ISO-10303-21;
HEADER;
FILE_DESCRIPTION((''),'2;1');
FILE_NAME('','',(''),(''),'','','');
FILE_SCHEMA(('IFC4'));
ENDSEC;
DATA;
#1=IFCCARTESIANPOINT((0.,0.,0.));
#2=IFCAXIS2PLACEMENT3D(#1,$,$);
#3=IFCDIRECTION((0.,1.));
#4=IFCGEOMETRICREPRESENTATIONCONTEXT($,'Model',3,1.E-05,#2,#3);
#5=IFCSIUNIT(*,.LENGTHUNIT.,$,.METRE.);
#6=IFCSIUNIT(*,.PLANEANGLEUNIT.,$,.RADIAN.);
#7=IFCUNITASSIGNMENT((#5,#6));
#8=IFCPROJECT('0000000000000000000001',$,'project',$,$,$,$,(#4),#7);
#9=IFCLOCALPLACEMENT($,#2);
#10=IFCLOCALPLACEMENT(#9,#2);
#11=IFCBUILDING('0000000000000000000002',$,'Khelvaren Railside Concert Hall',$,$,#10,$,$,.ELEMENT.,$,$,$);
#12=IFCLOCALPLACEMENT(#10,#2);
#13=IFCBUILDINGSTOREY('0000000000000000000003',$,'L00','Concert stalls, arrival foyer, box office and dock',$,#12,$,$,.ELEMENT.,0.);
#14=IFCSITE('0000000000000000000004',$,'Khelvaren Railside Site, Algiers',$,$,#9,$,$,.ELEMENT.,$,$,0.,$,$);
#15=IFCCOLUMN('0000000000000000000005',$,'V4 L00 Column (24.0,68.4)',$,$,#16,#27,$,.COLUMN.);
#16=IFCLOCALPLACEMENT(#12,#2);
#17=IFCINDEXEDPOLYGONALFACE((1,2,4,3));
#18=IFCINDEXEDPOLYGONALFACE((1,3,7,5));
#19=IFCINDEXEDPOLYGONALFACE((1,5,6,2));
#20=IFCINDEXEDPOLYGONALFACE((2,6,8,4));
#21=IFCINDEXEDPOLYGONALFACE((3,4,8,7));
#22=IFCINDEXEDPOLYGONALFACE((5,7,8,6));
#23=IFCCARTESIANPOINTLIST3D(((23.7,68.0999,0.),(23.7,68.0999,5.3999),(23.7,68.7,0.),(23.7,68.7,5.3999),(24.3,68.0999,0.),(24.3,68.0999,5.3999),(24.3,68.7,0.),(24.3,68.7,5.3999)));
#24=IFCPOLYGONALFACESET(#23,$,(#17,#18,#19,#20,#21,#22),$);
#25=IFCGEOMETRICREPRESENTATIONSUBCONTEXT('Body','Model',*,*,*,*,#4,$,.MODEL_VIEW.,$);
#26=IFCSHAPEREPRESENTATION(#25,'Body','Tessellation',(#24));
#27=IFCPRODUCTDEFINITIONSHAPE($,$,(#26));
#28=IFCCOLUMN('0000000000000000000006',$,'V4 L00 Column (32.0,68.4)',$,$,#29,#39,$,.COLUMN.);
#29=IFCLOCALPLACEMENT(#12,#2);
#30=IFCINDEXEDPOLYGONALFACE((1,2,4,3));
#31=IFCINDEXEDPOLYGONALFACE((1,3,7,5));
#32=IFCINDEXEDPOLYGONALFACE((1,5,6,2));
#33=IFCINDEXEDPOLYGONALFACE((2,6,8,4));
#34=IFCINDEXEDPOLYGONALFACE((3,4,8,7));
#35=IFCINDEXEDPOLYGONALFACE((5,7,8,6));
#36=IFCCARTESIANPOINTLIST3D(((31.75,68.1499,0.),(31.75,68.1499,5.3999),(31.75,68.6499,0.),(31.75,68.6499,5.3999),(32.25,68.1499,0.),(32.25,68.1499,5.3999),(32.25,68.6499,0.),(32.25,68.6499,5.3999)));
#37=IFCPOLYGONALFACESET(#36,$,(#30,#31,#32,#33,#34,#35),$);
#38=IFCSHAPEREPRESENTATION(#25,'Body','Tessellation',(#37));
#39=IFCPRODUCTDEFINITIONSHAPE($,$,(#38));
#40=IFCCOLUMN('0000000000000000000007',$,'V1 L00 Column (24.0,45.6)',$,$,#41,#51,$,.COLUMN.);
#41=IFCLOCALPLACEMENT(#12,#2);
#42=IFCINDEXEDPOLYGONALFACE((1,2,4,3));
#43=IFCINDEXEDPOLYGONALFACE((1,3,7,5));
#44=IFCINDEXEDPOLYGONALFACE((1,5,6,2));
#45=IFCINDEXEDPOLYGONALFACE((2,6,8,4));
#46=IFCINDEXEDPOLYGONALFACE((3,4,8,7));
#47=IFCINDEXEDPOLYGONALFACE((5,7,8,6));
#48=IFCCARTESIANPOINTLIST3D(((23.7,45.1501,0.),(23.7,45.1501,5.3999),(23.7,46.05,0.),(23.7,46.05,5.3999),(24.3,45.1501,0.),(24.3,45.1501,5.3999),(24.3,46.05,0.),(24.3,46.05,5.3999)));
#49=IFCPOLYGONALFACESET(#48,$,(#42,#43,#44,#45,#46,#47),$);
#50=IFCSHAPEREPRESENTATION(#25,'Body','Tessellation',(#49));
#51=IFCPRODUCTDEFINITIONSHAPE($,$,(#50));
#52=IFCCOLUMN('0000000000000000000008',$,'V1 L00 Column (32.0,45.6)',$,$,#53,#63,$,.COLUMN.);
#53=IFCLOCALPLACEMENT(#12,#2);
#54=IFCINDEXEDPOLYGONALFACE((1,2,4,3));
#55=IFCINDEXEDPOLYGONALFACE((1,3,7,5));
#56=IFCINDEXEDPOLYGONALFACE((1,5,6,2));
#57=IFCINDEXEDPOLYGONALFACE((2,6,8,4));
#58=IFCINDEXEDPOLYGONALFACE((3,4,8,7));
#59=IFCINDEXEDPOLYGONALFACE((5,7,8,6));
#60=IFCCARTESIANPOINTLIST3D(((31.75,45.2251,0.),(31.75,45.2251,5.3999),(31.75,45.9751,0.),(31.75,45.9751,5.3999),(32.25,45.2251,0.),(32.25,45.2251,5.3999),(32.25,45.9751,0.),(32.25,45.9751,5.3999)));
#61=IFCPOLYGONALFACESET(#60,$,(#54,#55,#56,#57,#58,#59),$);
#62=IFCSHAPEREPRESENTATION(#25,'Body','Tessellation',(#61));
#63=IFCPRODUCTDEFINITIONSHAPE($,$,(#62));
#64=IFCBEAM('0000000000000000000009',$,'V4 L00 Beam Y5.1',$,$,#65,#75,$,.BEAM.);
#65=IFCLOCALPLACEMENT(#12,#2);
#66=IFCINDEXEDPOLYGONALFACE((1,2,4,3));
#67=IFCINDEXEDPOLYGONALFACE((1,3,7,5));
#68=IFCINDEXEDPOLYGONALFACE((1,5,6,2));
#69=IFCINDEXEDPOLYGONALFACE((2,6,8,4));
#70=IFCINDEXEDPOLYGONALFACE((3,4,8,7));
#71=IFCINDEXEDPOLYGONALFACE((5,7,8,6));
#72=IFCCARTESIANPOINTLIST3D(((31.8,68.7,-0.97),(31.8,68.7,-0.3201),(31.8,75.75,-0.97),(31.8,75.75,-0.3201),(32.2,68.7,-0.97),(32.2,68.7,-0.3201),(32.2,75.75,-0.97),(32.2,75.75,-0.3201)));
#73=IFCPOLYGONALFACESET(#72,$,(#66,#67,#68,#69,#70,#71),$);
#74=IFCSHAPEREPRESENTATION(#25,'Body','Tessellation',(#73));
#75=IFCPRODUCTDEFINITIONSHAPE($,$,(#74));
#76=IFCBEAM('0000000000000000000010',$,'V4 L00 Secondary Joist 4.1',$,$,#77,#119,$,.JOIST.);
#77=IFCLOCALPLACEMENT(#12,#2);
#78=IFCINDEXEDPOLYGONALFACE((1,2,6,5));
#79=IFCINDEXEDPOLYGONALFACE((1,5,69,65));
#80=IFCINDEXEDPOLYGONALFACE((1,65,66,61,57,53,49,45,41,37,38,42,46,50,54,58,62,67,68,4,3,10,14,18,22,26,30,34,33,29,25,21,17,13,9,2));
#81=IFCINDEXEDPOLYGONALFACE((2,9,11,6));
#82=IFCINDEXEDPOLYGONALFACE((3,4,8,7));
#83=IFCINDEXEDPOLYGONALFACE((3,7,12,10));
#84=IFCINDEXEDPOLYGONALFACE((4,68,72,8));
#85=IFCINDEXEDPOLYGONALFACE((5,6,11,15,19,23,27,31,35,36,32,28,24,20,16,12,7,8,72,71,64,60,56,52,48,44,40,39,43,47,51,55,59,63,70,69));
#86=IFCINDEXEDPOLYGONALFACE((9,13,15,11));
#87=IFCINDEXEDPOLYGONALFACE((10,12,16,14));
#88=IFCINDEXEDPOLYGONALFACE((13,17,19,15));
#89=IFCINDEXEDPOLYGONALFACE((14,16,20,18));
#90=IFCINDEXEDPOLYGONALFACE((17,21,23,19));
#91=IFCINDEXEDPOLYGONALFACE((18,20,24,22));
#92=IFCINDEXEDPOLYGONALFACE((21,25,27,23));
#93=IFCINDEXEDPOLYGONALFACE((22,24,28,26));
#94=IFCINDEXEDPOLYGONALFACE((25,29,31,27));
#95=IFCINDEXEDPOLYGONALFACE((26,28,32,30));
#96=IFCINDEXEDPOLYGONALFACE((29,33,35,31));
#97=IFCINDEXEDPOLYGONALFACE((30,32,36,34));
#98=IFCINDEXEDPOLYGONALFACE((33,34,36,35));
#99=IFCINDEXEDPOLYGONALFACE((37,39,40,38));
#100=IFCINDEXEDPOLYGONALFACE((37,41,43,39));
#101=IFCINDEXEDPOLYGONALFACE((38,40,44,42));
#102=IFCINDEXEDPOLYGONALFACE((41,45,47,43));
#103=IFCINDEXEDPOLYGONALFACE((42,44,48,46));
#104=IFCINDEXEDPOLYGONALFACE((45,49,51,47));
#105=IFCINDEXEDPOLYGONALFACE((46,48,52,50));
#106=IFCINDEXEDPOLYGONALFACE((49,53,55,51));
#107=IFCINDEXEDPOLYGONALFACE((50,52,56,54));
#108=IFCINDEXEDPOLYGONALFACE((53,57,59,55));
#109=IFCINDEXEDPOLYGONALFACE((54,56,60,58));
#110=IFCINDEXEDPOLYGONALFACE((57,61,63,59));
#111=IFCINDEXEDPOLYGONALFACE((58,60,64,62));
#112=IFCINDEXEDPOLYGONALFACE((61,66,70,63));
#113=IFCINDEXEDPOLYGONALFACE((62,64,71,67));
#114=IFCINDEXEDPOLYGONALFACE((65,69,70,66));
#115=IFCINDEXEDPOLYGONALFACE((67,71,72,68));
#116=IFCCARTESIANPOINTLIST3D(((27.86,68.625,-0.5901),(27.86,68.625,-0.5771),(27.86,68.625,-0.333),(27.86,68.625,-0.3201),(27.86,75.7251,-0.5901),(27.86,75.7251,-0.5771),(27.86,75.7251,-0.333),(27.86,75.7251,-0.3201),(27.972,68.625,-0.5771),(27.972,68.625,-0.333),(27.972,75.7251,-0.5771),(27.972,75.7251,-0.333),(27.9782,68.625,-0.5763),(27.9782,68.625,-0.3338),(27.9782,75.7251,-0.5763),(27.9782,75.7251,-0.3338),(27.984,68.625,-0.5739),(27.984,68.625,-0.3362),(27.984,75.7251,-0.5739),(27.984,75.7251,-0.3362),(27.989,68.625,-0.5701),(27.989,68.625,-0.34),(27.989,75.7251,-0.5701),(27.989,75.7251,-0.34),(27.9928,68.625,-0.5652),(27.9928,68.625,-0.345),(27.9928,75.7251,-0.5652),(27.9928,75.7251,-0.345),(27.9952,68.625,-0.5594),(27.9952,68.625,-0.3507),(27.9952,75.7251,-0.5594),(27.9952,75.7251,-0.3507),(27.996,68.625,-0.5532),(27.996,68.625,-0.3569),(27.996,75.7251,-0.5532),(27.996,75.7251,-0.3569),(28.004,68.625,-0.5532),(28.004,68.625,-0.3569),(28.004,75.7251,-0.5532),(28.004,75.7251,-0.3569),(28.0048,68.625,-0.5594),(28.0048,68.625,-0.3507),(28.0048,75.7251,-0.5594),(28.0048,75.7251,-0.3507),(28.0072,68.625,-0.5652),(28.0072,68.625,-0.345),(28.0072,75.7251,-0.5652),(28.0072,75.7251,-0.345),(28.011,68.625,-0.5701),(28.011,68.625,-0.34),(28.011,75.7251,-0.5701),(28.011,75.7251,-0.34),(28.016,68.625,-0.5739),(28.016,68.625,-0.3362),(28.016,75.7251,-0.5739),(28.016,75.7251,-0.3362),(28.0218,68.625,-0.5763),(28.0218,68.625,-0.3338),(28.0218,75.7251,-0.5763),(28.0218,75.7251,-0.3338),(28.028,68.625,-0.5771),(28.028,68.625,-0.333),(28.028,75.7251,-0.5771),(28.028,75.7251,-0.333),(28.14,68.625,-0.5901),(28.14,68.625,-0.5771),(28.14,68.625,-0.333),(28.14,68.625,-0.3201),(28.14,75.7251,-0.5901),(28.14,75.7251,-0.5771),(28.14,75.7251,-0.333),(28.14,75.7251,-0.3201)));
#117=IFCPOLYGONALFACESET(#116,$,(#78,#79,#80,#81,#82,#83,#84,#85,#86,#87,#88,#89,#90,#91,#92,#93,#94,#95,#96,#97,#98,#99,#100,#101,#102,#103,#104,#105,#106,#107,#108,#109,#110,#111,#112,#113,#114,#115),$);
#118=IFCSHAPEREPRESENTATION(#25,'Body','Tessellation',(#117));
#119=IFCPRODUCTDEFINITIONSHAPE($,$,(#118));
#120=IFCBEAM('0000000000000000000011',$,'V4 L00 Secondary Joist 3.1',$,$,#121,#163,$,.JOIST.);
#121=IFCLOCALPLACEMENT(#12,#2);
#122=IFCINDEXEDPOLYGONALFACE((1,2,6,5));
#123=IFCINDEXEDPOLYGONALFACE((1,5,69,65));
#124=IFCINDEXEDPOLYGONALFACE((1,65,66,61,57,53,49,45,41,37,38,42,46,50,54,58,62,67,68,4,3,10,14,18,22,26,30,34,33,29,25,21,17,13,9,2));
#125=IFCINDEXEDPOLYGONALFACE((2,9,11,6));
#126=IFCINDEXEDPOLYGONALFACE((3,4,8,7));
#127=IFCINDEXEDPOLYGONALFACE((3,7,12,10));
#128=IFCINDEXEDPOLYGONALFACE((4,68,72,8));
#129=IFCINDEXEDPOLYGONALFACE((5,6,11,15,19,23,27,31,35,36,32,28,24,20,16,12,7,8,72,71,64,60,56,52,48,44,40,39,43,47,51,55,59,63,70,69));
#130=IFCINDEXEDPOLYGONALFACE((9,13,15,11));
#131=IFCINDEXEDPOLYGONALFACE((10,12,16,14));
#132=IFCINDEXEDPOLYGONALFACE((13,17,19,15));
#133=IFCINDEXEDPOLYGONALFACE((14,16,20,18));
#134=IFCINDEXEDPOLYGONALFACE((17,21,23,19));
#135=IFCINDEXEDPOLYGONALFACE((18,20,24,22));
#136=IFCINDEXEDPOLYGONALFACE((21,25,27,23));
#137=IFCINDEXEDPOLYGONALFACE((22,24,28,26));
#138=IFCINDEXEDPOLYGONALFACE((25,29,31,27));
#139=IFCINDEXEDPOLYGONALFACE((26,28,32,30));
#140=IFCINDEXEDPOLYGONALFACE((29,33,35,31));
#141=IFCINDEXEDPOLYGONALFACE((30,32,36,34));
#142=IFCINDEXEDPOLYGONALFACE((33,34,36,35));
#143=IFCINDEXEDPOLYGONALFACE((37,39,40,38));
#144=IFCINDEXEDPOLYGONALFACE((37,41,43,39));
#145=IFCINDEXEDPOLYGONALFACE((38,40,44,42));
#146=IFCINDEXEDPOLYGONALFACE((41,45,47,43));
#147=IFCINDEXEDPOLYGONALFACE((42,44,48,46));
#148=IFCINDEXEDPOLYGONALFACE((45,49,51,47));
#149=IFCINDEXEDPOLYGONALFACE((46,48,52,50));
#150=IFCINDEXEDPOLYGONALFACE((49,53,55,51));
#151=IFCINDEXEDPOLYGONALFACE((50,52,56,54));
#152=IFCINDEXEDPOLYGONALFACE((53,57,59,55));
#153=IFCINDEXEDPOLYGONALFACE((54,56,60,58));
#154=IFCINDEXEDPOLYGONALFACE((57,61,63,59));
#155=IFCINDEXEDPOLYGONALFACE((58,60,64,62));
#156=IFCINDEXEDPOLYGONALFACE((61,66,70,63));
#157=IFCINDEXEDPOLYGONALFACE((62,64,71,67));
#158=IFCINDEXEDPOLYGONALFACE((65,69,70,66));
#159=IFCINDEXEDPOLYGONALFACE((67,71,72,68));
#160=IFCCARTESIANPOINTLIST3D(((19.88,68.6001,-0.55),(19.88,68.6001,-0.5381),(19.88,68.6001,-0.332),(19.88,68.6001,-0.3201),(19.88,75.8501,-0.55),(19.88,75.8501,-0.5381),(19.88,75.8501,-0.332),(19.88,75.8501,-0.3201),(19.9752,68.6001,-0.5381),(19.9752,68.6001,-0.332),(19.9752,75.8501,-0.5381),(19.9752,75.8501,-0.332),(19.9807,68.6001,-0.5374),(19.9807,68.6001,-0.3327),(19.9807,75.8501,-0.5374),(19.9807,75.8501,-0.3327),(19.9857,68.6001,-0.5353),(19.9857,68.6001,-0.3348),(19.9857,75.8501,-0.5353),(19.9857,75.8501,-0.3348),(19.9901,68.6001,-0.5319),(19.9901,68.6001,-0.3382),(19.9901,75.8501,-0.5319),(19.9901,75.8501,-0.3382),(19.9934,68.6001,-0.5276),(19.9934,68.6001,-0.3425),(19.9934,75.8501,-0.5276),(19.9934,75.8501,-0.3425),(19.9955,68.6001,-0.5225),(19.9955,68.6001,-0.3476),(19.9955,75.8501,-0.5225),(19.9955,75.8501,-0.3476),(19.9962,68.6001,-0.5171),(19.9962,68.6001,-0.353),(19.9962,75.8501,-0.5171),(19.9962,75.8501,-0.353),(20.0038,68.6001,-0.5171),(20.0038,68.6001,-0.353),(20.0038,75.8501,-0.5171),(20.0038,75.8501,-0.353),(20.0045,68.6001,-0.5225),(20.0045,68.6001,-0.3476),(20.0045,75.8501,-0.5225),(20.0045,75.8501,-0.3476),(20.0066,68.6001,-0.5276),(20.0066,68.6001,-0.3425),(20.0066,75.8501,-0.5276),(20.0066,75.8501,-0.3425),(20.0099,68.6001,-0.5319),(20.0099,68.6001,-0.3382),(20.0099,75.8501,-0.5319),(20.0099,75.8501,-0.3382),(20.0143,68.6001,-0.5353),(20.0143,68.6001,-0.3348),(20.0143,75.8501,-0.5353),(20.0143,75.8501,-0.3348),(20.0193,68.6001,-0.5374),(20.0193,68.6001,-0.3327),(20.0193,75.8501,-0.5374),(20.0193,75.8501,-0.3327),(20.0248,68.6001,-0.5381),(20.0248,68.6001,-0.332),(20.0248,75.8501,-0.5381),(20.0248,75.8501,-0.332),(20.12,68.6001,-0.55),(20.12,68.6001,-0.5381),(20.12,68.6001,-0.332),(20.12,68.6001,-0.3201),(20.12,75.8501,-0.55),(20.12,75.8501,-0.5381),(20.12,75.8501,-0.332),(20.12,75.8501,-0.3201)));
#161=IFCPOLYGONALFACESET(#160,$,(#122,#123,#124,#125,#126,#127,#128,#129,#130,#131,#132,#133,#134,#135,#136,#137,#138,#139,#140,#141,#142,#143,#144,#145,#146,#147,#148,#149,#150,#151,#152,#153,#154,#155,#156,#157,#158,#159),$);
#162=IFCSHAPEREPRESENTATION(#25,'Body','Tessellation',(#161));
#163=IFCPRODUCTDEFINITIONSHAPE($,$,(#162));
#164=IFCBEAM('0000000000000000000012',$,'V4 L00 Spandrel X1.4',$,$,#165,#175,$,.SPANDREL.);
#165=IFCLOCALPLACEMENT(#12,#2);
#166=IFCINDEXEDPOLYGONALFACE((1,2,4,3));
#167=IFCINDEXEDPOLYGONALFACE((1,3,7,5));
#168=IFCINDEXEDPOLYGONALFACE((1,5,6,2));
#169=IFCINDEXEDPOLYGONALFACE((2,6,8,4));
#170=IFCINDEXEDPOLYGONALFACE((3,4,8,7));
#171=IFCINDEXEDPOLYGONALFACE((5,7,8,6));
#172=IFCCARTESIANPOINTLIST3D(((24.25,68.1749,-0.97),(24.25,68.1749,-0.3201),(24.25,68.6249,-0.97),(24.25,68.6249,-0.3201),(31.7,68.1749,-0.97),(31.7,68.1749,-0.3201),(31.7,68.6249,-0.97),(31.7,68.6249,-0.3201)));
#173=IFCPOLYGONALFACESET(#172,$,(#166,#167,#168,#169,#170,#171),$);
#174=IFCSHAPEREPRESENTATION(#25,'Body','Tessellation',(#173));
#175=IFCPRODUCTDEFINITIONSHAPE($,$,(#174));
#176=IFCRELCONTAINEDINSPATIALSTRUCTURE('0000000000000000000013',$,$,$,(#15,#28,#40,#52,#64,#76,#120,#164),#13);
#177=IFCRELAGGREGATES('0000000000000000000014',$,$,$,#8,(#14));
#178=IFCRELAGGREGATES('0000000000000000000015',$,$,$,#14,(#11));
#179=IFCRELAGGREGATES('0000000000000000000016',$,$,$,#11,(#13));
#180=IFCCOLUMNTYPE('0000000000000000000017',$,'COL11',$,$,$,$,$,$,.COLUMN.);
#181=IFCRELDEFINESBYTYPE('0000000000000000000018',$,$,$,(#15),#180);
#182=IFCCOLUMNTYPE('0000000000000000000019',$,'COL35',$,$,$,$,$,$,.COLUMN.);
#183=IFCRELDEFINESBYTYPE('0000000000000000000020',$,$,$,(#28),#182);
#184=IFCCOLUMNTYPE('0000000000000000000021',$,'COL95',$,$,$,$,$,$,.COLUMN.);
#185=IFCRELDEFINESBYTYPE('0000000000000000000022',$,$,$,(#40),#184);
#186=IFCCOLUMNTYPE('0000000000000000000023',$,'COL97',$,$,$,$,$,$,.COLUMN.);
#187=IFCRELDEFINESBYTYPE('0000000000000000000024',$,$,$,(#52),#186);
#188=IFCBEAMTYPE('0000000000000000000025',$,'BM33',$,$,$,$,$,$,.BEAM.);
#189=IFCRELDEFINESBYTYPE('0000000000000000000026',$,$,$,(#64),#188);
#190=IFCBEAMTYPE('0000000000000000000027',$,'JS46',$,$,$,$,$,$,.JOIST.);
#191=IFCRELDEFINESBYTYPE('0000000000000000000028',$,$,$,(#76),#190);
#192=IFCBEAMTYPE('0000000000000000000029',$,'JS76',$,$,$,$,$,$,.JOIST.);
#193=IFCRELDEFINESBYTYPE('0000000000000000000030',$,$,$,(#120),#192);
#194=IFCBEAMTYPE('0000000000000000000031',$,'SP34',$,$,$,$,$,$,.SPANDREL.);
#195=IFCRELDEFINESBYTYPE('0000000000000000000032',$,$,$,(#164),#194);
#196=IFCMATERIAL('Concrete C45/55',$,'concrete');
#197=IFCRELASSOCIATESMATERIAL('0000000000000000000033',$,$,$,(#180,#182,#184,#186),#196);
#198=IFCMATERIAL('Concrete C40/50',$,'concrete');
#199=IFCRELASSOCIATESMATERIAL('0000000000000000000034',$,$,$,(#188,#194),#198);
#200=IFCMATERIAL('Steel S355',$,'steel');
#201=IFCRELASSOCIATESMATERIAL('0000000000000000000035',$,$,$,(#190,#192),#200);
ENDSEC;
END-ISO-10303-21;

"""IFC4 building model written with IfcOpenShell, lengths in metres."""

from ifc_helpers import new_model, si_unit, direction, frame, origin, origin_2d, place, context, subcontext, project, spatial, rectangle, i_section, extrude, material, material_profile, profile_set, type_object, element, save


model = new_model("IFC4")

# Units and contexts
model_context = context("Model", 3, precision=1e-05, world=origin(), true_north=direction((0.0, 1.0)))
body_context = subcontext(model_context, "Body", "Model", "MODEL_VIEW")
ifc_project = project(units=[si_unit("LENGTHUNIT", "METRE"), si_unit("PLANEANGLEUNIT", "RADIAN")], contexts=[model_context])

# Site, building, storey
site_placement = place(None, origin())
site = spatial("IfcSite", under=ifc_project, at=site_placement, Name="Khelvaren Railside Site, Algiers", CompositionType="ELEMENT", RefElevation=0.0)
building_placement = place(site_placement, origin())
building = spatial("IfcBuilding", under=site, at=building_placement, Name="Khelvaren Railside Concert Hall", CompositionType="ELEMENT")
storey_placement = place(building_placement, origin())
storey = spatial("IfcBuildingStorey", under=building, at=storey_placement, Name="L00", Description="Concert stalls, arrival foyer, box office and dock", CompositionType="ELEMENT", Elevation=0.0)

# Columns
ifc_material_1 = material(Name="Concrete C45/55", Category="concrete")
ifc_material_profile_1 = material_profile(ifc_material_1, rectangle(XDim=0.6001, YDim=0.6001, at=origin_2d()), Name="RC 600x600")
ifc_profile_set_1 = profile_set([ifc_material_profile_1], Name="Concrete C45/55")
column_type_1 = type_object("IfcColumnType", Name="COL11", PredefinedType="COLUMN", material=ifc_profile_set_1)
column_1_placement = place(storey_placement, frame((24.0, 68.3999, 0.0), z_axis=(0.0, 0.0, 1.0), x_axis=(1.0, 0.0, 0.0)))
element("IfcColumn", 1, at=column_1_placement, inside=storey, type_object=column_type_1, Name="V4 L00 Column (24.0,68.4)", PredefinedType="COLUMN", context=body_context, shape_type="SweptSolid", body=[
    extrude(rectangle(XDim=0.6001, YDim=0.6001, at=origin_2d()), origin(), (0.0, 0.0, 1.0), 5.3999),
])
ifc_material_profile_2 = material_profile(ifc_material_1, rectangle(XDim=0.5, YDim=0.5, at=origin_2d()), Name="RC 500x500")
ifc_profile_set_2 = profile_set([ifc_material_profile_2], Name="Concrete C45/55")
column_type_2 = type_object("IfcColumnType", Name="COL35", PredefinedType="COLUMN", material=ifc_profile_set_2)
column_2_placement = place(storey_placement, frame((32.0, 68.3999, 0.0), z_axis=(0.0, 0.0, 1.0), x_axis=(1.0, 0.0, 0.0)))
element("IfcColumn", 2, at=column_2_placement, inside=storey, type_object=column_type_2, Name="V4 L00 Column (32.0,68.4)", PredefinedType="COLUMN", context=body_context, shape_type="SweptSolid", body=[
    extrude(rectangle(XDim=0.5, YDim=0.5, at=origin_2d()), origin(), (0.0, 0.0, 1.0), 5.3999),
])
ifc_material_profile_3 = material_profile(ifc_material_1, rectangle(XDim=0.6001, YDim=0.8999, at=origin_2d()), Name="RC 600x900")
ifc_profile_set_3 = profile_set([ifc_material_profile_3], Name="Concrete C45/55")
column_type_3 = type_object("IfcColumnType", Name="COL95", PredefinedType="COLUMN", material=ifc_profile_set_3)
column_3_placement = place(storey_placement, frame((24.0, 45.6001, 0.0), z_axis=(0.0, 0.0, 1.0), x_axis=(1.0, 0.0, 0.0)))
element("IfcColumn", 3, at=column_3_placement, inside=storey, type_object=column_type_3, Name="V1 L00 Column (24.0,45.6)", PredefinedType="COLUMN", context=body_context, shape_type="SweptSolid", body=[
    extrude(rectangle(XDim=0.6001, YDim=0.8999, at=origin_2d()), origin(), (0.0, 0.0, 1.0), 5.3999),
])
ifc_material_profile_4 = material_profile(ifc_material_1, rectangle(XDim=0.5, YDim=0.75, at=origin_2d()), Name="RC 500x750")
ifc_profile_set_4 = profile_set([ifc_material_profile_4], Name="Concrete C45/55")
column_type_4 = type_object("IfcColumnType", Name="COL97", PredefinedType="COLUMN", material=ifc_profile_set_4)
column_4_placement = place(storey_placement, frame((32.0, 45.6001, 0.0), z_axis=(0.0, 0.0, 1.0), x_axis=(1.0, 0.0, 0.0)))
element("IfcColumn", 4, at=column_4_placement, inside=storey, type_object=column_type_4, Name="V1 L00 Column (32.0,45.6)", PredefinedType="COLUMN", context=body_context, shape_type="SweptSolid", body=[
    extrude(rectangle(XDim=0.5, YDim=0.75, at=origin_2d()), origin(), (0.0, 0.0, 1.0), 5.3999),
])

# Beams
ifc_material_2 = material(Name="Concrete C40/50", Category="concrete")
ifc_material_profile_5 = material_profile(ifc_material_2, rectangle(XDim=0.3999, YDim=0.6499, at=origin_2d()), Name="RCB 400x650")
ifc_profile_set_5 = profile_set([ifc_material_profile_5], Name="Concrete C40/50")
beam_type_1 = type_object("IfcBeamType", Name="BM33", PredefinedType="BEAM", material=ifc_profile_set_5)
beam_1_placement = place(storey_placement, frame((32.0, 68.7, -0.645), z_axis=(0.0, 1.0, 0.0), x_axis=(-1.0, 0.0, 0.0)))
element("IfcBeam", 5, at=beam_1_placement, inside=storey, type_object=beam_type_1, Name="V4 L00 Beam Y5.1", PredefinedType="BEAM", context=body_context, shape_type="SweptSolid", body=[
    extrude(rectangle(XDim=0.3999, YDim=0.6499, at=origin_2d()), origin(), (0.0, 0.0, 1.0), 7.05),
])
ifc_material_3 = material(Name="Steel S355", Category="steel")
ifc_material_profile_6 = material_profile(ifc_material_3, i_section(OverallWidth=0.28, OverallDepth=0.27, WebThickness=0.0081, FlangeThickness=0.0129, FilletRadius=0.0239, at=origin_2d()), Name="HEA 280")
ifc_profile_set_6 = profile_set([ifc_material_profile_6], Name="Steel S355")
beam_type_2 = type_object("IfcBeamType", Name="JS46", PredefinedType="JOIST", material=ifc_profile_set_6)
beam_2_placement = place(storey_placement, frame((28.0, 68.625, -0.4551), z_axis=(0.0, 1.0, 0.0), x_axis=(-1.0, 0.0, 0.0)))
element("IfcBeam", 6, at=beam_2_placement, inside=storey, type_object=beam_type_2, Name="V4 L00 Secondary Joist 4.1", PredefinedType="JOIST", context=body_context, shape_type="SweptSolid", body=[
    extrude(i_section(OverallWidth=0.28, OverallDepth=0.27, WebThickness=0.0081, FlangeThickness=0.0129, FilletRadius=0.0239, at=origin_2d()), origin(), (0.0, 0.0, 1.0), 7.1001),
])
ifc_material_profile_7 = material_profile(ifc_material_3, i_section(OverallWidth=0.24, OverallDepth=0.23, WebThickness=0.0076, FlangeThickness=0.012, FilletRadius=0.021, at=origin_2d()), Name="HEA 240")
ifc_profile_set_7 = profile_set([ifc_material_profile_7], Name="Steel S355")
beam_type_3 = type_object("IfcBeamType", Name="JS76", PredefinedType="JOIST", material=ifc_profile_set_7)
beam_3_placement = place(storey_placement, frame((20.0, 68.6001, -0.4351), z_axis=(0.0, 1.0, 0.0), x_axis=(-1.0, 0.0, 0.0)))
element("IfcBeam", 7, at=beam_3_placement, inside=storey, type_object=beam_type_3, Name="V4 L00 Secondary Joist 3.1", PredefinedType="JOIST", context=body_context, shape_type="SweptSolid", body=[
    extrude(i_section(OverallWidth=0.24, OverallDepth=0.23, WebThickness=0.0076, FlangeThickness=0.012, FilletRadius=0.021, at=origin_2d()), origin(), (0.0, 0.0, 1.0), 7.25),
])
ifc_material_profile_8 = material_profile(ifc_material_2, rectangle(XDim=0.45, YDim=0.6499, at=origin_2d()), Name="RCB 450x650")
ifc_profile_set_8 = profile_set([ifc_material_profile_8], Name="Concrete C40/50")
beam_type_4 = type_object("IfcBeamType", Name="SP34", PredefinedType="SPANDREL", material=ifc_profile_set_8)
beam_4_placement = place(storey_placement, frame((24.25, 68.3999, -0.645), z_axis=(1.0, 0.0, 0.0), x_axis=(0.0, 1.0, 0.0)))
element("IfcBeam", 8, at=beam_4_placement, inside=storey, type_object=beam_type_4, Name="V4 L00 Spandrel X1.4", PredefinedType="SPANDREL", context=body_context, shape_type="SweptSolid", body=[
    extrude(rectangle(XDim=0.45, YDim=0.6499, at=origin_2d()), origin(), (0.0, 0.0, 1.0), 7.45),
])

save(model, "model.ifc")
